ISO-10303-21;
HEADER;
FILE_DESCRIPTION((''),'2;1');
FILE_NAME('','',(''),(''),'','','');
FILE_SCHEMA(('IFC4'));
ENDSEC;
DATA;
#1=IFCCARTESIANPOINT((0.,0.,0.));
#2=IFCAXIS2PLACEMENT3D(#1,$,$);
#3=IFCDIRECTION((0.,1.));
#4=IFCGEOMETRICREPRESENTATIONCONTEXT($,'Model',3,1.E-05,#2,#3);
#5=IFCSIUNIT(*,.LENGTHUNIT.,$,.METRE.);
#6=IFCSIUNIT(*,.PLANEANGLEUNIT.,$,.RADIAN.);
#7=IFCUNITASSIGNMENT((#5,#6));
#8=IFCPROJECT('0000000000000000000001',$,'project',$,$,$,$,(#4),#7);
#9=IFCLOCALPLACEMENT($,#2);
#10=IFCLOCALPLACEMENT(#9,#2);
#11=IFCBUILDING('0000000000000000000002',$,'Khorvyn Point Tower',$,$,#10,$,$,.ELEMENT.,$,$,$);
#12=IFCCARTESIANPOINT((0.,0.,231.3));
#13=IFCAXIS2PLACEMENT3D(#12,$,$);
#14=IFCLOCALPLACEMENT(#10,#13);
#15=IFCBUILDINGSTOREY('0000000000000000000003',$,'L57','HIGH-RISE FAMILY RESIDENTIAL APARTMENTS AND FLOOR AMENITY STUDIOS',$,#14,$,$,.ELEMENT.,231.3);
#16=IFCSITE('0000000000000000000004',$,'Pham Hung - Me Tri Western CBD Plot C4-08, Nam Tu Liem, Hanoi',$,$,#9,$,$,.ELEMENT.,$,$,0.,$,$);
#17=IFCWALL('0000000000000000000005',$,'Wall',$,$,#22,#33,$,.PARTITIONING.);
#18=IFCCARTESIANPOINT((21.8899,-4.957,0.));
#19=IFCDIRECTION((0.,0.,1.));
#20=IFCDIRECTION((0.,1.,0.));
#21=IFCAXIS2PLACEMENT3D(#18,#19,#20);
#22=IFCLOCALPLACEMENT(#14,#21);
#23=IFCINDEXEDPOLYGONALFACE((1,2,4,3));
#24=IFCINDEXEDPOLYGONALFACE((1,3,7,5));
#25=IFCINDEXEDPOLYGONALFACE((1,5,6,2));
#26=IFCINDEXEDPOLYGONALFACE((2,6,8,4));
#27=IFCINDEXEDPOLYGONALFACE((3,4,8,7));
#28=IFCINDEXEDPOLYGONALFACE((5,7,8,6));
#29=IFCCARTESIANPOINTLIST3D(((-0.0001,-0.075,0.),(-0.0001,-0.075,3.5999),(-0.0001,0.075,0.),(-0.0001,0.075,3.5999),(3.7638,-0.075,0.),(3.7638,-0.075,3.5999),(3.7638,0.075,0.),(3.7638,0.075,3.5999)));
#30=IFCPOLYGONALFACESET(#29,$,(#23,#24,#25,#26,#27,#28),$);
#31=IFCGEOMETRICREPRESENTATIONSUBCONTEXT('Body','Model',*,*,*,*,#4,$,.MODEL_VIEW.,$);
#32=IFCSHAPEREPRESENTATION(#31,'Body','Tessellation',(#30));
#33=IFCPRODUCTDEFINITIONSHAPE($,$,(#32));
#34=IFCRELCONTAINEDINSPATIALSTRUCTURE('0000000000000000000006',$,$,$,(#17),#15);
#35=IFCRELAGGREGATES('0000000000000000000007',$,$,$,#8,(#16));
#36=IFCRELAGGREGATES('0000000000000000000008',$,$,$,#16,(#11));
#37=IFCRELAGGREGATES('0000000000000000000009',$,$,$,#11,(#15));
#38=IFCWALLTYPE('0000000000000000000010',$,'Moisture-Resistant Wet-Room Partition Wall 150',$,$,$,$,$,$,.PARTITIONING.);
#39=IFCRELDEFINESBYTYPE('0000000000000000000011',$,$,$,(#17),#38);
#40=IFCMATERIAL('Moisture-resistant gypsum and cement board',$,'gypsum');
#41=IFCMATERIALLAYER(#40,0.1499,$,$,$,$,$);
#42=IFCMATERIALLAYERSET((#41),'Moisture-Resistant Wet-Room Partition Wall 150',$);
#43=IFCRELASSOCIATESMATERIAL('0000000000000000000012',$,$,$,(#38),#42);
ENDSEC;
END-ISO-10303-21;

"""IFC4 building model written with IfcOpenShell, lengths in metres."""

from ifc_helpers import new_model, si_unit, direction, frame, frame_2d, origin, place, context, subcontext, project, spatial, rectangle, extrude, material, layer, layer_set, type_object, element, save


model = new_model("IFC4")

# Units and contexts
model_context = context("Model", 3, precision=1e-05, world=origin(), true_north=direction((0.0, 1.0)))
body_context = subcontext(model_context, "Body", "Model", "MODEL_VIEW")
ifc_project = project(units=[si_unit("LENGTHUNIT", "METRE"), si_unit("PLANEANGLEUNIT", "RADIAN")], contexts=[model_context])

# Site, building, storey
site_placement = place(None, origin())
site = spatial("IfcSite", under=ifc_project, at=site_placement, Name="Pham Hung - Me Tri Western CBD Plot C4-08, Nam Tu Liem, Hanoi", CompositionType="ELEMENT", RefElevation=0.0)
building_placement = place(site_placement, origin())
building = spatial("IfcBuilding", under=site, at=building_placement, Name="Khorvyn Point Tower", CompositionType="ELEMENT")
storey_placement = place(building_placement, frame((0.0, 0.0, 231.3)))
storey = spatial("IfcBuildingStorey", under=building, at=storey_placement, Name="L57", Description="HIGH-RISE FAMILY RESIDENTIAL APARTMENTS AND FLOOR AMENITY STUDIOS", CompositionType="ELEMENT", Elevation=231.3)

# Shared definitions
ifc_material_1 = material(Name="Moisture-resistant gypsum and cement board", Category="gypsum")
ifc_layer_1 = layer(ifc_material_1, 0.1499)
ifc_layer_set_1 = layer_set([ifc_layer_1], Name="Moisture-Resistant Wet-Room Partition Wall 150")
wall_type_1 = type_object("IfcWallType", Name="Moisture-Resistant Wet-Room Partition Wall 150", PredefinedType="PARTITIONING", material=ifc_layer_set_1)

# Wall
wall_1_placement = place(storey_placement, frame((21.8899, -4.957, 0.0), z_axis=(0.0, 0.0, 1.0), x_axis=(0.0, 1.0, 0.0)))
element("IfcWall", 1, at=wall_1_placement, inside=storey, type_object=wall_type_1, Name="Wall", PredefinedType="PARTITIONING", context=body_context, shape_type="SweptSolid", body=[
    extrude(rectangle(XDim=3.7639, YDim=0.1499, at=frame_2d((1.8818, 0.0))), origin(), (0.0, 0.0, 1.0), 3.5999),
])

save(model, "model.ifc")
